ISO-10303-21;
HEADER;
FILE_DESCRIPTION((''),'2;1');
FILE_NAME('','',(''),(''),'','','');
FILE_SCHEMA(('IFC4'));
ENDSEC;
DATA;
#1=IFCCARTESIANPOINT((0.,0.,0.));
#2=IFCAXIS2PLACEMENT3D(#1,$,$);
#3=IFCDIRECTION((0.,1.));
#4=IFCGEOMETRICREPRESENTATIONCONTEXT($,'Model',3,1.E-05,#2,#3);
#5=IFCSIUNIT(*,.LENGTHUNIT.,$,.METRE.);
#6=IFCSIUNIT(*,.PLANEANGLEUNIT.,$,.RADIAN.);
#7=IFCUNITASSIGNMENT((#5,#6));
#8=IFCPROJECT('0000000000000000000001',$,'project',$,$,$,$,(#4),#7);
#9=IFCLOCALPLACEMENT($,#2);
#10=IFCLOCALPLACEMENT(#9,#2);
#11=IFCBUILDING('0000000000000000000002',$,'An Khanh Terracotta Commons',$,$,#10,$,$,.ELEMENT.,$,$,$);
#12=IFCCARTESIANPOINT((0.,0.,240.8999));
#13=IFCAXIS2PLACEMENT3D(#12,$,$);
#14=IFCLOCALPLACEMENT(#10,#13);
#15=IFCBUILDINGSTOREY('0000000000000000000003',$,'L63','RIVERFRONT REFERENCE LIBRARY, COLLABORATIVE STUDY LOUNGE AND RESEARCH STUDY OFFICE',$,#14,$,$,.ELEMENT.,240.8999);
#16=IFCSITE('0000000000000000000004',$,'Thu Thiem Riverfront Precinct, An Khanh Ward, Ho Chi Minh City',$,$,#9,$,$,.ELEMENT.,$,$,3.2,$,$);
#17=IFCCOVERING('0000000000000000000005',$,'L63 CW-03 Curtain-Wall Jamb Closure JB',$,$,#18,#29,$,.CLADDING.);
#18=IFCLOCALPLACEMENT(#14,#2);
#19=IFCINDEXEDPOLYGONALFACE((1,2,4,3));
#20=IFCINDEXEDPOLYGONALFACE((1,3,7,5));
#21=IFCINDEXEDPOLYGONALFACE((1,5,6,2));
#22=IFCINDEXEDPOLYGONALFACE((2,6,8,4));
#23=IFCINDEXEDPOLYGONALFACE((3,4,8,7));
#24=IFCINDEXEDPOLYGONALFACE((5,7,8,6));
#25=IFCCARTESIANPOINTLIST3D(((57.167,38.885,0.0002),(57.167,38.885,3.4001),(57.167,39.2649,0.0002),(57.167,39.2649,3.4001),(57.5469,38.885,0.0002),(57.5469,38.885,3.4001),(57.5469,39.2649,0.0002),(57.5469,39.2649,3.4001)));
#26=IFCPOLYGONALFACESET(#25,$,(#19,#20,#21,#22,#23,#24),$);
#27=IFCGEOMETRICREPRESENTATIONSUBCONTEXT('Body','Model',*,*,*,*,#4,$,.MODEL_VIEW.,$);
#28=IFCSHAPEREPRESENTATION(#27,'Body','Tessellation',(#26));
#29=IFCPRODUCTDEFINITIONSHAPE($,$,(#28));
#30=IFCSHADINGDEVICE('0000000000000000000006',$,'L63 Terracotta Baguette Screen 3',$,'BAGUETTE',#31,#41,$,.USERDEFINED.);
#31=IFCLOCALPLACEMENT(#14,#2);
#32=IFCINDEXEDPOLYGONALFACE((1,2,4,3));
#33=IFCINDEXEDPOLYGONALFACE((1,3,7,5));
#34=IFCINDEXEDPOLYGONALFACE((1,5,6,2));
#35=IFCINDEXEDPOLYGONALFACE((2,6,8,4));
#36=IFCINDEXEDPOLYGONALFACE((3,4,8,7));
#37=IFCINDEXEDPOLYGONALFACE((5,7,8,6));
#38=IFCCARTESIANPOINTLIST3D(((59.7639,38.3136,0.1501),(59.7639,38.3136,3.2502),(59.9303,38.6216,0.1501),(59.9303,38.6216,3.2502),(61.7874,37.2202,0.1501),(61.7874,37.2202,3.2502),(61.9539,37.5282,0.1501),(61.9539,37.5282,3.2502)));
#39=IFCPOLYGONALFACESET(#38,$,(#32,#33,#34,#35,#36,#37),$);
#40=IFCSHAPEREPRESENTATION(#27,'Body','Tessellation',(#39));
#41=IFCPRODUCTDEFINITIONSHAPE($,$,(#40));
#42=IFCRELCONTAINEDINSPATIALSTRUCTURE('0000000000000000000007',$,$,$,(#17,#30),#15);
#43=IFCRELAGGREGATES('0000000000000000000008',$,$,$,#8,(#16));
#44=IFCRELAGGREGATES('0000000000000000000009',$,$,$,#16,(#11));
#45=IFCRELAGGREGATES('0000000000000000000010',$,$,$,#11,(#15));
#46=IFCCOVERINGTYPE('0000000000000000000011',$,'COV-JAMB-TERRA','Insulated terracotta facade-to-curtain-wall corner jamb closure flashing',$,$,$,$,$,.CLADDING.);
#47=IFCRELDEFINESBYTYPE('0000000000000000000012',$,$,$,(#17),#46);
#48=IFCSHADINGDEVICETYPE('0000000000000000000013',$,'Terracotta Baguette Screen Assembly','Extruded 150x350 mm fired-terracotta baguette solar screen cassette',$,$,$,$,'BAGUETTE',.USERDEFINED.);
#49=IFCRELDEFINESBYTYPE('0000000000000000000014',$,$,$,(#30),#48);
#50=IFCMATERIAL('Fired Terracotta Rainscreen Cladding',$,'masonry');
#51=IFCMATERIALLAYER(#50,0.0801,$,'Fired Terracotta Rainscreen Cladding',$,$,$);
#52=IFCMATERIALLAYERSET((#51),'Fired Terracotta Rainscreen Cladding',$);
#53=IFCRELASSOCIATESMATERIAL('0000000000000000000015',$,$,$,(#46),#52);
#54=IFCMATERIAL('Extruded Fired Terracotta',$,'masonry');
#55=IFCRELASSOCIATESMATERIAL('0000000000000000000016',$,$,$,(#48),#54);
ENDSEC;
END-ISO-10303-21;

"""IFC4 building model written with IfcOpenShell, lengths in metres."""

from ifc_helpers import new_model, si_unit, direction, frame, origin, origin_2d, place, context, subcontext, project, spatial, rectangle, extrude, material, layer, layer_set, type_object, element, save


model = new_model("IFC4")

# Units and contexts
model_context = context("Model", 3, precision=1e-05, world=origin(), true_north=direction((0.0, 1.0)))
body_context = subcontext(model_context, "Body", "Model", "MODEL_VIEW")
ifc_project = project(units=[si_unit("LENGTHUNIT", "METRE"), si_unit("PLANEANGLEUNIT", "RADIAN")], contexts=[model_context])

# Site, building, storey
site_placement = place(None, origin())
site = spatial("IfcSite", under=ifc_project, at=site_placement, Name="Thu Thiem Riverfront Precinct, An Khanh Ward, Ho Chi Minh City", CompositionType="ELEMENT", RefElevation=3.2)
building_placement = place(site_placement, origin())
building = spatial("IfcBuilding", under=site, at=building_placement, Name="An Khanh Terracotta Commons", CompositionType="ELEMENT")
storey_placement = place(building_placement, frame((0.0, 0.0, 240.8999)))
storey = spatial("IfcBuildingStorey", under=building, at=storey_placement, Name="L63", Description="RIVERFRONT REFERENCE LIBRARY, COLLABORATIVE STUDY LOUNGE AND RESEARCH STUDY OFFICE", CompositionType="ELEMENT", Elevation=240.8999)

# Covering
ifc_material_1 = material(Name="Fired Terracotta Rainscreen Cladding", Category="masonry")
ifc_layer_1 = layer(ifc_material_1, 0.0801, Name="Fired Terracotta Rainscreen Cladding")
ifc_layer_set_1 = layer_set([ifc_layer_1], Name="Fired Terracotta Rainscreen Cladding")
covering_type = type_object("IfcCoveringType", Name="COV-JAMB-TERRA", Description="Insulated terracotta facade-to-curtain-wall corner jamb closure flashing", PredefinedType="CLADDING", material=ifc_layer_set_1)
covering_placement = place(storey_placement, frame((57.3569, 39.075, 0.0002), z_axis=(0.0, 0.0, 1.0), x_axis=(1.0, 0.0, 0.0)))
element("IfcCovering", 1, at=covering_placement, inside=storey, type_object=covering_type, Name="L63 CW-03 Curtain-Wall Jamb Closure JB", PredefinedType="CLADDING", context=body_context, shape_type="SweptSolid", body=[
    extrude(rectangle(XDim=0.3799, YDim=0.3799, at=origin_2d()), origin(), (0.0, 0.0, 1.0), 3.3999),
])

# Shading device
ifc_material_2 = material(Name="Extruded Fired Terracotta", Category="masonry")
shading_device_type = type_object("IfcShadingDeviceType", Name="Terracotta Baguette Screen Assembly", Description="Extruded 150x350 mm fired-terracotta baguette solar screen cassette", ElementType="BAGUETTE", PredefinedType="USERDEFINED", material=ifc_material_2)
shading_device_placement = place(storey_placement, frame((60.8589, 37.9209, 0.1501), z_axis=(0.0, 0.0, 1.0), x_axis=(-0.87978, 0.475381, 0.0)))
element("IfcShadingDevice", 2, at=shading_device_placement, inside=storey, type_object=shading_device_type, Name="L63 Terracotta Baguette Screen 3", ObjectType="BAGUETTE", PredefinedType="USERDEFINED", context=body_context, shape_type="SweptSolid", body=[
    extrude(rectangle(XDim=2.3, YDim=0.3501, at=origin_2d()), origin(), (0.0, 0.0, 1.0), 3.1001),
])

save(model, "model.ifc")
